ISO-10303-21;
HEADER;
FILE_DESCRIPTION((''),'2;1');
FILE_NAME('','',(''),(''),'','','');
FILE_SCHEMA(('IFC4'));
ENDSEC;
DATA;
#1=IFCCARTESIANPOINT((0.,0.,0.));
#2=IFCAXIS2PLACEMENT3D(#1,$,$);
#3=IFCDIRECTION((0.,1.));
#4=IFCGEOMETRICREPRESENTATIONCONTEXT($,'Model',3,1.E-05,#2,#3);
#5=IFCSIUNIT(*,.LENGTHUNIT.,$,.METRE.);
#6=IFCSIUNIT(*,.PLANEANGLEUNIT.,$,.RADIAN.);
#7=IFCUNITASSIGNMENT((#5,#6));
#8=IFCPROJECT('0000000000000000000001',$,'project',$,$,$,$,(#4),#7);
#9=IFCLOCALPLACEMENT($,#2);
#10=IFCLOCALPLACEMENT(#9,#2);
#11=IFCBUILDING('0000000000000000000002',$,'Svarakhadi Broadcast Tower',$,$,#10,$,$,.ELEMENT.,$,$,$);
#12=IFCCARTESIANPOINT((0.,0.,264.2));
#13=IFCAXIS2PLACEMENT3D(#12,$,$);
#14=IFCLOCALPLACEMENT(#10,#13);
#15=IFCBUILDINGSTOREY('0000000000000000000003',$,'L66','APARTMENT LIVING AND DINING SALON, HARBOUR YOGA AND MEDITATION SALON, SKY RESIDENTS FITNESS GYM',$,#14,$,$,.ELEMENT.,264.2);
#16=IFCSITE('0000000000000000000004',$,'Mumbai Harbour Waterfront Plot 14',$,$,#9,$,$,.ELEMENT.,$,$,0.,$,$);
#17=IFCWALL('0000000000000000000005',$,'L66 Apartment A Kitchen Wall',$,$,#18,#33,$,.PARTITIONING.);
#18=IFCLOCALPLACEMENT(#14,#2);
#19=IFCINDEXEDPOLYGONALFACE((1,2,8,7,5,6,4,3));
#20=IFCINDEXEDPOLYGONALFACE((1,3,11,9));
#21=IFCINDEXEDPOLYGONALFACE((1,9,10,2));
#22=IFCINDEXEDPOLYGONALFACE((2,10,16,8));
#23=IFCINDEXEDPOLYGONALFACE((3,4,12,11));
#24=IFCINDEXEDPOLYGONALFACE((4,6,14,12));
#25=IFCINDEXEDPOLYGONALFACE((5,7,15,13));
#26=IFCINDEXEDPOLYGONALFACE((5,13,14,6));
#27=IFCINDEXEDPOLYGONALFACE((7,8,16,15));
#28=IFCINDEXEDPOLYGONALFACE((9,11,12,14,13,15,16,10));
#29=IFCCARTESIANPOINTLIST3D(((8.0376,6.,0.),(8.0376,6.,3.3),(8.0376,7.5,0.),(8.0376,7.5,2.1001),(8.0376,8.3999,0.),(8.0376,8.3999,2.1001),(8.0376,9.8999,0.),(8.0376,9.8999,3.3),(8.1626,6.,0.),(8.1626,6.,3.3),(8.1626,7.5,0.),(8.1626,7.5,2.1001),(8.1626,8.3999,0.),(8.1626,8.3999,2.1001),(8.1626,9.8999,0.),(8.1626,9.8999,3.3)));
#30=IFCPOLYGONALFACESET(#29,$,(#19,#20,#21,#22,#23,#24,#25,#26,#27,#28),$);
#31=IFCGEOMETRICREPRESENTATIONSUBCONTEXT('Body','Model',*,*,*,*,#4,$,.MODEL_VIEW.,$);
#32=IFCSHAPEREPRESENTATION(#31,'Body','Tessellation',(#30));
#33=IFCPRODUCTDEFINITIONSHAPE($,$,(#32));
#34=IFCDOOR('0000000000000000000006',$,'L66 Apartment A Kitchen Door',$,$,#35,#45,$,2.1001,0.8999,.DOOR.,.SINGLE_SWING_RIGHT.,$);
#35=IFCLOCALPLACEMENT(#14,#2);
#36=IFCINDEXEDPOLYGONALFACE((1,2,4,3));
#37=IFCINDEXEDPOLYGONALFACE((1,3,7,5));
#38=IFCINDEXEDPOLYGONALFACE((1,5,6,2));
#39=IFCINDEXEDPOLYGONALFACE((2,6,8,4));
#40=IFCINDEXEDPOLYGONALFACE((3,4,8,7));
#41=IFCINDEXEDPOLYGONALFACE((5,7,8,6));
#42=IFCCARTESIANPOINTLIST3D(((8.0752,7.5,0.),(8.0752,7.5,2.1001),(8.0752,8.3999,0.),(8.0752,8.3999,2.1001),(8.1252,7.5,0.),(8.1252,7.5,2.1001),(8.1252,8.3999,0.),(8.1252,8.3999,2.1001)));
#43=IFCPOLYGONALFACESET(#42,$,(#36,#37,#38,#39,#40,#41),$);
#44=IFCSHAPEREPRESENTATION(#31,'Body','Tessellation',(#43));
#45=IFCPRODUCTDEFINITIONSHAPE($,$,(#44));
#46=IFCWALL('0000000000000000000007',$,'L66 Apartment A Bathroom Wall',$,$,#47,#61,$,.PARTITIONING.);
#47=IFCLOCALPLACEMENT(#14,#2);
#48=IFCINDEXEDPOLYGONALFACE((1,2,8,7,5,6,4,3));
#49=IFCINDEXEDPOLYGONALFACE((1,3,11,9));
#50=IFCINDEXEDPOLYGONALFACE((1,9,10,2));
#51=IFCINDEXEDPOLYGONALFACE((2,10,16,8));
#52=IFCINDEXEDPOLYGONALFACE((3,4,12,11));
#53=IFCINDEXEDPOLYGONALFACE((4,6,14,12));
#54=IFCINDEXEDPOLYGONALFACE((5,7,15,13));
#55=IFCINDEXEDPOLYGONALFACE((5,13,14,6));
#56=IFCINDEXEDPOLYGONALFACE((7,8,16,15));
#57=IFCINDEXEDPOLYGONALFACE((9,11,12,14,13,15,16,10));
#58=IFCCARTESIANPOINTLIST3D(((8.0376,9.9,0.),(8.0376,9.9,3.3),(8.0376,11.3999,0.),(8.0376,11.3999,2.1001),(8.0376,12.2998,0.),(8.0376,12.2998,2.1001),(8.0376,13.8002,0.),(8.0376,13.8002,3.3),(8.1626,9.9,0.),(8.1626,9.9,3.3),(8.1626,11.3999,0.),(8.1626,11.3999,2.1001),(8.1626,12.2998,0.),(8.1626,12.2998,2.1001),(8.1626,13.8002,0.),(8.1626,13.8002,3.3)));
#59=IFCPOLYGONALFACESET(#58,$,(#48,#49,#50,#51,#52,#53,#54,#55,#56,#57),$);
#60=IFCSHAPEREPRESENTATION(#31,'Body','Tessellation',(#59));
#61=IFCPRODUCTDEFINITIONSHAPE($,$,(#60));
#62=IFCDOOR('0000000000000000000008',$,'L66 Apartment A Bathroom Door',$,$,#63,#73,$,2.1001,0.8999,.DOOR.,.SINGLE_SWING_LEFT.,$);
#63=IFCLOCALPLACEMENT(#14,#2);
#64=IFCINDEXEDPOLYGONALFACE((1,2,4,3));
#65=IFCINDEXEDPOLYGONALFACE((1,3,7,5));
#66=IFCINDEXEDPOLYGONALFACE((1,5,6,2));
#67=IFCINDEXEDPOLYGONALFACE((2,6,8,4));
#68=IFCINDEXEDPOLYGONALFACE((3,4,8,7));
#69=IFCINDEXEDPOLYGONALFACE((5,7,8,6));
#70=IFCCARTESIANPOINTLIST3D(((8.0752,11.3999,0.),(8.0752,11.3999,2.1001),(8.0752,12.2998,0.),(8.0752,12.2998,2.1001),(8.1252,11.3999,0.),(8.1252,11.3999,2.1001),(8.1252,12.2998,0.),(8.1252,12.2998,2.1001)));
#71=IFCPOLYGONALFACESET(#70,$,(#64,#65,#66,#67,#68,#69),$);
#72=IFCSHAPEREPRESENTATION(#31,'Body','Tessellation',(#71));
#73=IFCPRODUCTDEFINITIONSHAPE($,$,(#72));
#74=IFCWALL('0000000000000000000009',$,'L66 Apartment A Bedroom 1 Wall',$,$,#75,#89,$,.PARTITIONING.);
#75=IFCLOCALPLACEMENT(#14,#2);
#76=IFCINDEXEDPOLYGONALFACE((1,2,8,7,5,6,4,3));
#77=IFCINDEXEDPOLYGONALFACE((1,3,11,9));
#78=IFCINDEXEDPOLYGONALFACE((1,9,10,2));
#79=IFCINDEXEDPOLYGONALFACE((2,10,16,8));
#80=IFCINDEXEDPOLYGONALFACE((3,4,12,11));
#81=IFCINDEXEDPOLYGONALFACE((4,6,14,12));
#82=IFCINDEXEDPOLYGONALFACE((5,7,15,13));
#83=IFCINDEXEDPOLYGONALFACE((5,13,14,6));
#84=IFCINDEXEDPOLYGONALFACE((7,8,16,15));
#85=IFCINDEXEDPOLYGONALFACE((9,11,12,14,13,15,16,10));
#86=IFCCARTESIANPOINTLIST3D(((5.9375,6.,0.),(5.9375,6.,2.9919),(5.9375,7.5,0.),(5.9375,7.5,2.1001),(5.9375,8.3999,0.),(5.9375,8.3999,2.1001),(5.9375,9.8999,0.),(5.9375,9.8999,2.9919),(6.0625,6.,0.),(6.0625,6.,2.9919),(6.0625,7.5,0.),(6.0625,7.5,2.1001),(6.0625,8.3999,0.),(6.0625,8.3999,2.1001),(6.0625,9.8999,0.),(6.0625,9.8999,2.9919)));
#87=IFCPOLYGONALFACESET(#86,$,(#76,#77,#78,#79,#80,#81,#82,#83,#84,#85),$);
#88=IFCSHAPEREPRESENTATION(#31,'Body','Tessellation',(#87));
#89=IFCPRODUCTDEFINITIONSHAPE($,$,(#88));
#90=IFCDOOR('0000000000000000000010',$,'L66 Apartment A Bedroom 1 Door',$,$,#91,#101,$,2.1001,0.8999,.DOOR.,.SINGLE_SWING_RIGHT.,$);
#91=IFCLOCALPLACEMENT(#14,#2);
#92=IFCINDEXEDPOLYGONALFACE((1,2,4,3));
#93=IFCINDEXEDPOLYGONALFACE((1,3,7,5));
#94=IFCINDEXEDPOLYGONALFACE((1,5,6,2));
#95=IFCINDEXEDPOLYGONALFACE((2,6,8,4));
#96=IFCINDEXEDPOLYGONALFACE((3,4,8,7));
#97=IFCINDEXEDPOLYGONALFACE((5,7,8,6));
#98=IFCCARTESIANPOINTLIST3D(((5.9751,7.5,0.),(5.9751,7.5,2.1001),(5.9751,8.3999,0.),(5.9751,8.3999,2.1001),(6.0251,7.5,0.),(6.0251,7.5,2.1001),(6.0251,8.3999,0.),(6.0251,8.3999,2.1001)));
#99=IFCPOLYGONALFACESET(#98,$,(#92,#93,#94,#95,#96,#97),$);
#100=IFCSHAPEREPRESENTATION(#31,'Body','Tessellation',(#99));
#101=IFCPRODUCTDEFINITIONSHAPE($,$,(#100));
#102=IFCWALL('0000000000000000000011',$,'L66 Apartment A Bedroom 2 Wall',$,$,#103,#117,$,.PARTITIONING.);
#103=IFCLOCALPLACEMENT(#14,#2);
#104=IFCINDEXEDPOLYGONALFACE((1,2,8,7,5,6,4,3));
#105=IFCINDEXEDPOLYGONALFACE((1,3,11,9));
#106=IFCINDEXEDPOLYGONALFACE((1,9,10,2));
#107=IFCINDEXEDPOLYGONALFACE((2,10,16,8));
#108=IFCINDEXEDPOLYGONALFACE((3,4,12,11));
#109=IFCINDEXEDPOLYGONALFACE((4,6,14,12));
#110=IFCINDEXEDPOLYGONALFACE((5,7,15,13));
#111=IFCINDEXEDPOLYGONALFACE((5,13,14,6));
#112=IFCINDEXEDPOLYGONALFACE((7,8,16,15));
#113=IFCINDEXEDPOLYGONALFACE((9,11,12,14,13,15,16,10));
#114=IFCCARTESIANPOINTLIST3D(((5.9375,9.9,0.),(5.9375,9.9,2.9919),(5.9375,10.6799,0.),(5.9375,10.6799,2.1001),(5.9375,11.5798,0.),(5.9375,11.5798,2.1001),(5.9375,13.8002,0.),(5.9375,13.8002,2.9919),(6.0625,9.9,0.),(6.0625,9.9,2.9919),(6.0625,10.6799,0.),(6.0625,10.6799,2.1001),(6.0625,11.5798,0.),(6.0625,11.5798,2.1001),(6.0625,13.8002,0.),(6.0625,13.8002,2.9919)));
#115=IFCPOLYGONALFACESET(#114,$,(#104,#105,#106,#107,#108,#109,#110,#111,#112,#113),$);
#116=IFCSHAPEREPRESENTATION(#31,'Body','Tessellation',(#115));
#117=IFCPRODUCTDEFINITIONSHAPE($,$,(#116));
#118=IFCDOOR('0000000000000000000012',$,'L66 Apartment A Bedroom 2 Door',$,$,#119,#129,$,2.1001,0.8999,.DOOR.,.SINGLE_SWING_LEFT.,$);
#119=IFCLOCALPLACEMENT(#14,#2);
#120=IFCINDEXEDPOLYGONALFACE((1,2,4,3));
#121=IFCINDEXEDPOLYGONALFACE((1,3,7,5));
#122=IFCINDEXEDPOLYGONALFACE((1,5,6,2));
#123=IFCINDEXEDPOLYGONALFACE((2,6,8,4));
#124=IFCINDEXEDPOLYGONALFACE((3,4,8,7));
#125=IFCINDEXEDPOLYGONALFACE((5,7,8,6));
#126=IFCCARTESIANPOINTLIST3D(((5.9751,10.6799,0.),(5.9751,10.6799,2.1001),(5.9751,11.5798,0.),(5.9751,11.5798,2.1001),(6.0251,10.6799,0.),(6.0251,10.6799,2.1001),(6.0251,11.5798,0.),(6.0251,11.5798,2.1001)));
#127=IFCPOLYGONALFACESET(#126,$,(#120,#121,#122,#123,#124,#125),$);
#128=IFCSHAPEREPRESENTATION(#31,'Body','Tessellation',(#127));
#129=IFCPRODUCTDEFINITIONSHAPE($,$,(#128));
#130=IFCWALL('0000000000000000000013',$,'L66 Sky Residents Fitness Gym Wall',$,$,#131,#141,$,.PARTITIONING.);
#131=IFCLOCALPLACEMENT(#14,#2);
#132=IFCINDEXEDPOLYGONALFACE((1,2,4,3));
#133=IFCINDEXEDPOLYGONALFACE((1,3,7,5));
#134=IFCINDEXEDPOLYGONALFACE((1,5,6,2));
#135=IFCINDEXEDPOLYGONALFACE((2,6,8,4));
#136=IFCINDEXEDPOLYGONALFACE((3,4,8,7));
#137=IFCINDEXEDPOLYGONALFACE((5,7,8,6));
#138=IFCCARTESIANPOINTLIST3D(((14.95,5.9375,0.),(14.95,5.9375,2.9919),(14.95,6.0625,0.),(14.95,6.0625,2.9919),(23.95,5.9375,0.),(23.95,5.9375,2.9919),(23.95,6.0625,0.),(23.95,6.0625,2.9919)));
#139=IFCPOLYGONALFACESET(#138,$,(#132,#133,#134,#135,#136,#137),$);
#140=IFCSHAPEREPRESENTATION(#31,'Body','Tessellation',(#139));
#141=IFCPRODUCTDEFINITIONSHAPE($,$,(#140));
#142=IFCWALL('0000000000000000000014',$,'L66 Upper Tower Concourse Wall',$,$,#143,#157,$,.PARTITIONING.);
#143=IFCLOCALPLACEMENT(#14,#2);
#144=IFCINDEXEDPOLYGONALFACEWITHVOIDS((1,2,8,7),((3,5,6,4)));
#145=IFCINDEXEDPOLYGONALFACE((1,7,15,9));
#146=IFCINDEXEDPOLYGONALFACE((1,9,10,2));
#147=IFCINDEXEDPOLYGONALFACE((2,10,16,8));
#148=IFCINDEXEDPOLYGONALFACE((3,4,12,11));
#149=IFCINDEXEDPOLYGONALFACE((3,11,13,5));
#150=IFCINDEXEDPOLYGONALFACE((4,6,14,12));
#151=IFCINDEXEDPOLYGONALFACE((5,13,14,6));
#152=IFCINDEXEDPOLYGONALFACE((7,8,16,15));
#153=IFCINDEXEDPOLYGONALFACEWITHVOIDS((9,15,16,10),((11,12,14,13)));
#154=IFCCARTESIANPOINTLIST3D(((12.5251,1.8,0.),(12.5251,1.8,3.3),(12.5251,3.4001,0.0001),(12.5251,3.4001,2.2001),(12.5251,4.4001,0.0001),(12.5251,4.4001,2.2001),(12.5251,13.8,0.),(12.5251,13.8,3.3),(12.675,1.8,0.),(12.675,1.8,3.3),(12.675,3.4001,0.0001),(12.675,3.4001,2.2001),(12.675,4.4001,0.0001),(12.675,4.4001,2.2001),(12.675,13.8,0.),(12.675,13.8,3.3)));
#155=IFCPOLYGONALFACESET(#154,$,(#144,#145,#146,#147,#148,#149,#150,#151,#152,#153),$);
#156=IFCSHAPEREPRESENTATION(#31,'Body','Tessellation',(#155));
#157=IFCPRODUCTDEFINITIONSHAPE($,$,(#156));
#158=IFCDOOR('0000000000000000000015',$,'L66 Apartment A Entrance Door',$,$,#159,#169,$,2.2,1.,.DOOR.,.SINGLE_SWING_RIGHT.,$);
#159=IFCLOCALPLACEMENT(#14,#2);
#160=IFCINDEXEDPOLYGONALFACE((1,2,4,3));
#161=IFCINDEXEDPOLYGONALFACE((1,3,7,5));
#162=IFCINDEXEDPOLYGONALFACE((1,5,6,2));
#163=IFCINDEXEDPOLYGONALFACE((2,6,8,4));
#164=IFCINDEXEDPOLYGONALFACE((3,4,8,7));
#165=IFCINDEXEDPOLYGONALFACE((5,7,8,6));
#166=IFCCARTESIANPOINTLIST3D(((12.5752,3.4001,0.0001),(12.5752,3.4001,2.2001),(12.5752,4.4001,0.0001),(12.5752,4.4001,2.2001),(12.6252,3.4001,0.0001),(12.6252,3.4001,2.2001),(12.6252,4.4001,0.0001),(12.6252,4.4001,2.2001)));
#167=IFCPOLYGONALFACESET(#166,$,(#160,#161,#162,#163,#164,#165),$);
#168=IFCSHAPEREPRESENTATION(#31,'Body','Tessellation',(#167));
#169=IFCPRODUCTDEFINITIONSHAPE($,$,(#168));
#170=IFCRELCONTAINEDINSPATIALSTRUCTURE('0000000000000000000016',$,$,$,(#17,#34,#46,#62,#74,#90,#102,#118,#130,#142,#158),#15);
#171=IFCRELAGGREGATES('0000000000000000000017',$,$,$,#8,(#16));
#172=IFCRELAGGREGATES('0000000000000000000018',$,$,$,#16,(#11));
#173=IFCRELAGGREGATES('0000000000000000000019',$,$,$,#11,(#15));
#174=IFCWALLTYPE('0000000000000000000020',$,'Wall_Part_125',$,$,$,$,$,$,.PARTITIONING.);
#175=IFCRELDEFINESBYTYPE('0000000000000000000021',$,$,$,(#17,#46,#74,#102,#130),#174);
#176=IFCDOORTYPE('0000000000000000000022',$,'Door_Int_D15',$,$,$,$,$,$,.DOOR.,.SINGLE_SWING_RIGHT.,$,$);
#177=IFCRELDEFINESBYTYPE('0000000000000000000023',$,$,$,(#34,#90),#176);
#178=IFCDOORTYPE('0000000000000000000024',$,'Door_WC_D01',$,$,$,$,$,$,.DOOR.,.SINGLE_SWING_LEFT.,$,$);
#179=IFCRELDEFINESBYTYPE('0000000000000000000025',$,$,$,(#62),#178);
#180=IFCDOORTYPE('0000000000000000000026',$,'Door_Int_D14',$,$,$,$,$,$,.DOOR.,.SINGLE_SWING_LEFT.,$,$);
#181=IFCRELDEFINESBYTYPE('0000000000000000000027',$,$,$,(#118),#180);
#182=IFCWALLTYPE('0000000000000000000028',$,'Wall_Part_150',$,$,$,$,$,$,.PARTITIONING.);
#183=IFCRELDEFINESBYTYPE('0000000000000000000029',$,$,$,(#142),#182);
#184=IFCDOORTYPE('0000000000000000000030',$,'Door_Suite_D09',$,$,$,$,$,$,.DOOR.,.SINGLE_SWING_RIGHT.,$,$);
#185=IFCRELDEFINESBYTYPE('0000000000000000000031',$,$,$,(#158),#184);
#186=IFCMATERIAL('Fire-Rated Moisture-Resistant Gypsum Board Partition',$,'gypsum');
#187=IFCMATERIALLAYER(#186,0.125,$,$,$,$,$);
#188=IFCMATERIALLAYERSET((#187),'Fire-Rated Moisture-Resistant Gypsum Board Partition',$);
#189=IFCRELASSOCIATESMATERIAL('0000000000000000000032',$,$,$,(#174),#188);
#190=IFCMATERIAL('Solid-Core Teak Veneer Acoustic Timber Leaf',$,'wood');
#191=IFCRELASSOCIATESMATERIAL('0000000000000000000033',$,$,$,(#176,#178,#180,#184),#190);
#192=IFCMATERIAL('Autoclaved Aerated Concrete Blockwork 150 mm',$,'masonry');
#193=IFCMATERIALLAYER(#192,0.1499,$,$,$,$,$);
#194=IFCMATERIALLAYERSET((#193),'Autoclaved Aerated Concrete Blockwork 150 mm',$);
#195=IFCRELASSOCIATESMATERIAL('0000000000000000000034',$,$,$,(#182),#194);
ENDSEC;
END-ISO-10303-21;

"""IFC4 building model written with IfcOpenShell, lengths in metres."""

from ifc_helpers import new_model, si_unit, direction, frame, frame_2d, origin, place, context, subcontext, project, spatial, rectangle, extrude, material, layer, layer_set, type_object, element, fill, save


model = new_model("IFC4")

# Units and contexts
model_context = context("Model", 3, precision=1e-05, world=origin(), true_north=direction((0.0, 1.0)))
body_context = subcontext(model_context, "Body", "Model", "MODEL_VIEW")
ifc_project = project(units=[si_unit("LENGTHUNIT", "METRE"), si_unit("PLANEANGLEUNIT", "RADIAN")], contexts=[model_context])

# Site, building, storey
site_placement = place(None, origin())
site = spatial("IfcSite", under=ifc_project, at=site_placement, Name="Mumbai Harbour Waterfront Plot 14", CompositionType="ELEMENT", RefElevation=0.0)
building_placement = place(site_placement, origin())
building = spatial("IfcBuilding", under=site, at=building_placement, Name="Svarakhadi Broadcast Tower", CompositionType="ELEMENT")
storey_placement = place(building_placement, frame((0.0, 0.0, 264.2)))
storey = spatial("IfcBuildingStorey", under=building, at=storey_placement, Name="L66", Description="APARTMENT LIVING AND DINING SALON, HARBOUR YOGA AND MEDITATION SALON, SKY RESIDENTS FITNESS GYM", CompositionType="ELEMENT", Elevation=264.2)

# Shared definitions
ifc_material_1 = material(Name="Fire-Rated Moisture-Resistant Gypsum Board Partition", Category="gypsum")
ifc_layer_1 = layer(ifc_material_1, 0.125)
ifc_layer_set_1 = layer_set([ifc_layer_1], Name="Fire-Rated Moisture-Resistant Gypsum Board Partition")
wall_type_1 = type_object("IfcWallType", Name="Wall_Part_125", PredefinedType="PARTITIONING", material=ifc_layer_set_1)

# Walls, openings, doors
wall_1_placement = place(storey_placement, frame((8.1001, 6.0, 0.0), z_axis=(0.0, 0.0, 1.0), x_axis=(0.0, 1.0, 0.0)))
wall_1 = element("IfcWall", 1, at=wall_1_placement, inside=storey, type_object=wall_type_1, Name="L66 Apartment A Kitchen Wall", PredefinedType="PARTITIONING", context=body_context, shape_type="SweptSolid", body=[
    extrude(rectangle(XDim=3.8999, YDim=0.125, at=frame_2d((1.95, 0.0))), origin(), (0.0, 0.0, 1.0), 3.3),
])
opening_1_placement = place(wall_1_placement, frame((1.5, 0.0, 0.0)))
opening_1 = element("IfcOpeningElement", 2, at=opening_1_placement, cuts=wall_1, PredefinedType="OPENING", context=body_context, shape_type="SweptSolid", body=[
    extrude(rectangle(XDim=0.8999, YDim=2.1001, at=frame_2d((0.45, 1.05))), frame((0.0, 0.0725, 0.0), z_axis=(0.0, -1.0, 0.0), x_axis=(1.0, 0.0, 0.0)), (0.0, 0.0, 1.0), 0.145),
])
ifc_material_2 = material(Name="Solid-Core Teak Veneer Acoustic Timber Leaf", Category="wood")
door_type_1 = type_object("IfcDoorType", Name="Door_Int_D15", OperationType="SINGLE_SWING_RIGHT", PredefinedType="DOOR", material=ifc_material_2)
door_1_placement = place(opening_1_placement, origin())
door_1 = element("IfcDoor", 3, at=door_1_placement, inside=storey, type_object=door_type_1, Name="L66 Apartment A Kitchen Door", OperationType="SINGLE_SWING_RIGHT", OverallHeight=2.1001, OverallWidth=0.8999, PredefinedType="DOOR", context=body_context, shape_type="SweptSolid", body=[
    extrude(rectangle(XDim=0.8999, YDim=2.1001, at=frame_2d((0.45, 1.05))), frame((0.0, 0.0249, 0.0), z_axis=(0.0, -1.0, 0.0), x_axis=(1.0, 0.0, 0.0)), (0.0, 0.0, 1.0), 0.05),
])
fill(opening_1, door_1)
wall_2_placement = place(storey_placement, frame((8.1001, 9.8999, 0.0), z_axis=(0.0, 0.0, 1.0), x_axis=(0.0, 1.0, 0.0)))
wall_2 = element("IfcWall", 4, at=wall_2_placement, inside=storey, type_object=wall_type_1, Name="L66 Apartment A Bathroom Wall", PredefinedType="PARTITIONING", context=body_context, shape_type="SweptSolid", body=[
    extrude(rectangle(XDim=3.9001, YDim=0.125, at=frame_2d((1.9502, 0.0))), origin(), (0.0, 0.0, 1.0), 3.3),
])
opening_2_placement = place(wall_2_placement, frame((1.5, 0.0, 0.0)))
opening_2 = element("IfcOpeningElement", 5, at=opening_2_placement, cuts=wall_2, PredefinedType="OPENING", context=body_context, shape_type="SweptSolid", body=[
    extrude(rectangle(XDim=0.8999, YDim=2.1001, at=frame_2d((0.45, 1.05))), frame((0.0, 0.0725, 0.0), z_axis=(0.0, -1.0, 0.0), x_axis=(1.0, 0.0, 0.0)), (0.0, 0.0, 1.0), 0.145),
])
door_type_2 = type_object("IfcDoorType", Name="Door_WC_D01", OperationType="SINGLE_SWING_LEFT", PredefinedType="DOOR", material=ifc_material_2)
door_2_placement = place(opening_2_placement, origin())
door_2 = element("IfcDoor", 6, at=door_2_placement, inside=storey, type_object=door_type_2, Name="L66 Apartment A Bathroom Door", OperationType="SINGLE_SWING_LEFT", OverallHeight=2.1001, OverallWidth=0.8999, PredefinedType="DOOR", context=body_context, shape_type="SweptSolid", body=[
    extrude(rectangle(XDim=0.8999, YDim=2.1001, at=frame_2d((0.45, 1.05))), frame((0.0, 0.0249, 0.0), z_axis=(0.0, -1.0, 0.0), x_axis=(1.0, 0.0, 0.0)), (0.0, 0.0, 1.0), 0.05),
])
fill(opening_2, door_2)
wall_3_placement = place(storey_placement, frame((6.0, 6.0, 0.0), z_axis=(0.0, 0.0, 1.0), x_axis=(0.0, 1.0, 0.0)))
wall_3 = element("IfcWall", 7, at=wall_3_placement, inside=storey, type_object=wall_type_1, Name="L66 Apartment A Bedroom 1 Wall", PredefinedType="PARTITIONING", context=body_context, shape_type="SweptSolid", body=[
    extrude(rectangle(XDim=3.8999, YDim=0.125, at=frame_2d((1.95, 0.0))), origin(), (0.0, 0.0, 1.0), 2.9919),
])
opening_3_placement = place(wall_3_placement, frame((1.5, 0.0, 0.0)))
opening_3 = element("IfcOpeningElement", 8, at=opening_3_placement, cuts=wall_3, PredefinedType="OPENING", context=body_context, shape_type="SweptSolid", body=[
    extrude(rectangle(XDim=0.8999, YDim=2.1001, at=frame_2d((0.45, 1.05))), frame((0.0, 0.0725, 0.0), z_axis=(0.0, -1.0, 0.0), x_axis=(1.0, 0.0, 0.0)), (0.0, 0.0, 1.0), 0.145),
])
door_3_placement = place(opening_3_placement, origin())
door_3 = element("IfcDoor", 9, at=door_3_placement, inside=storey, type_object=door_type_1, Name="L66 Apartment A Bedroom 1 Door", OperationType="SINGLE_SWING_RIGHT", OverallHeight=2.1001, OverallWidth=0.8999, PredefinedType="DOOR", context=body_context, shape_type="SweptSolid", body=[
    extrude(rectangle(XDim=0.8999, YDim=2.1001, at=frame_2d((0.45, 1.05))), frame((0.0, 0.0249, 0.0), z_axis=(0.0, -1.0, 0.0), x_axis=(1.0, 0.0, 0.0)), (0.0, 0.0, 1.0), 0.05),
])
fill(opening_3, door_3)
wall_4_placement = place(storey_placement, frame((6.0, 9.8999, 0.0), z_axis=(0.0, 0.0, 1.0), x_axis=(0.0, 1.0, 0.0)))
wall_4 = element("IfcWall", 10, at=wall_4_placement, inside=storey, type_object=wall_type_1, Name="L66 Apartment A Bedroom 2 Wall", PredefinedType="PARTITIONING", context=body_context, shape_type="SweptSolid", body=[
    extrude(rectangle(XDim=3.9001, YDim=0.125, at=frame_2d((1.9502, 0.0))), origin(), (0.0, 0.0, 1.0), 2.9919),
])
opening_4_placement = place(wall_4_placement, frame((0.78, 0.0, 0.0)))
opening_4 = element("IfcOpeningElement", 11, at=opening_4_placement, cuts=wall_4, PredefinedType="OPENING", context=body_context, shape_type="SweptSolid", body=[
    extrude(rectangle(XDim=0.8999, YDim=2.1001, at=frame_2d((0.45, 1.05))), frame((0.0, 0.0725, 0.0), z_axis=(0.0, -1.0, 0.0), x_axis=(1.0, 0.0, 0.0)), (0.0, 0.0, 1.0), 0.145),
])
door_type_3 = type_object("IfcDoorType", Name="Door_Int_D14", OperationType="SINGLE_SWING_LEFT", PredefinedType="DOOR", material=ifc_material_2)
door_4_placement = place(opening_4_placement, origin())
door_4 = element("IfcDoor", 12, at=door_4_placement, inside=storey, type_object=door_type_3, Name="L66 Apartment A Bedroom 2 Door", OperationType="SINGLE_SWING_LEFT", OverallHeight=2.1001, OverallWidth=0.8999, PredefinedType="DOOR", context=body_context, shape_type="SweptSolid", body=[
    extrude(rectangle(XDim=0.8999, YDim=2.1001, at=frame_2d((0.45, 1.05))), frame((0.0, 0.0249, 0.0), z_axis=(0.0, -1.0, 0.0), x_axis=(1.0, 0.0, 0.0)), (0.0, 0.0, 1.0), 0.05),
])
fill(opening_4, door_4)

# Wall
wall_5_placement = place(storey_placement, frame((14.95, 6.0, 0.0), z_axis=(0.0, 0.0, 1.0), x_axis=(1.0, 0.0, 0.0)))
element("IfcWall", 13, at=wall_5_placement, inside=storey, type_object=wall_type_1, Name="L66 Sky Residents Fitness Gym Wall", PredefinedType="PARTITIONING", context=body_context, shape_type="SweptSolid", body=[
    extrude(rectangle(XDim=9.0, YDim=0.125, at=frame_2d((4.5, 0.0))), origin(), (0.0, 0.0, 1.0), 2.9919),
])

# Wall, opening, door
ifc_material_3 = material(Name="Autoclaved Aerated Concrete Blockwork 150 mm", Category="masonry")
ifc_layer_2 = layer(ifc_material_3, 0.1499)
ifc_layer_set_2 = layer_set([ifc_layer_2], Name="Autoclaved Aerated Concrete Blockwork 150 mm")
wall_type_2 = type_object("IfcWallType", Name="Wall_Part_150", PredefinedType="PARTITIONING", material=ifc_layer_set_2)
wall_6_placement = place(storey_placement, frame((12.6001, 1.8, 0.0), z_axis=(0.0, 0.0, 1.0), x_axis=(0.0, 1.0, 0.0)))
wall_6 = element("IfcWall", 14, at=wall_6_placement, inside=storey, type_object=wall_type_2, Name="L66 Upper Tower Concourse Wall", PredefinedType="PARTITIONING", context=body_context, shape_type="SweptSolid", body=[
    extrude(rectangle(XDim=12.0, YDim=0.1499, at=frame_2d((6.0, 0.0))), origin(), (0.0, 0.0, 1.0), 3.3),
])
opening_5_placement = place(wall_6_placement, frame((1.6001, 0.0, 0.0)))
opening_5 = element("IfcOpeningElement", 15, at=opening_5_placement, cuts=wall_6, PredefinedType="OPENING", context=body_context, shape_type="SweptSolid", body=[
    extrude(rectangle(XDim=1.0, YDim=2.2, at=frame_2d((0.5, 1.1001))), frame((0.0, 0.085, 0.0), z_axis=(0.0, -1.0, 0.0), x_axis=(1.0, 0.0, 0.0)), (0.0, 0.0, 1.0), 0.1699),
])
door_type_4 = type_object("IfcDoorType", Name="Door_Suite_D09", OperationType="SINGLE_SWING_RIGHT", PredefinedType="DOOR", material=ifc_material_2)
door_5_placement = place(opening_5_placement, origin())
door_5 = element("IfcDoor", 16, at=door_5_placement, inside=storey, type_object=door_type_4, Name="L66 Apartment A Entrance Door", OperationType="SINGLE_SWING_RIGHT", OverallHeight=2.2, OverallWidth=1.0, PredefinedType="DOOR", context=body_context, shape_type="SweptSolid", body=[
    extrude(rectangle(XDim=1.0, YDim=2.2, at=frame_2d((0.5, 1.1001))), frame((0.0, 0.0249, 0.0), z_axis=(0.0, -1.0, 0.0), x_axis=(1.0, 0.0, 0.0)), (0.0, 0.0, 1.0), 0.05),
])
fill(opening_5, door_5)

save(model, "model.ifc")
